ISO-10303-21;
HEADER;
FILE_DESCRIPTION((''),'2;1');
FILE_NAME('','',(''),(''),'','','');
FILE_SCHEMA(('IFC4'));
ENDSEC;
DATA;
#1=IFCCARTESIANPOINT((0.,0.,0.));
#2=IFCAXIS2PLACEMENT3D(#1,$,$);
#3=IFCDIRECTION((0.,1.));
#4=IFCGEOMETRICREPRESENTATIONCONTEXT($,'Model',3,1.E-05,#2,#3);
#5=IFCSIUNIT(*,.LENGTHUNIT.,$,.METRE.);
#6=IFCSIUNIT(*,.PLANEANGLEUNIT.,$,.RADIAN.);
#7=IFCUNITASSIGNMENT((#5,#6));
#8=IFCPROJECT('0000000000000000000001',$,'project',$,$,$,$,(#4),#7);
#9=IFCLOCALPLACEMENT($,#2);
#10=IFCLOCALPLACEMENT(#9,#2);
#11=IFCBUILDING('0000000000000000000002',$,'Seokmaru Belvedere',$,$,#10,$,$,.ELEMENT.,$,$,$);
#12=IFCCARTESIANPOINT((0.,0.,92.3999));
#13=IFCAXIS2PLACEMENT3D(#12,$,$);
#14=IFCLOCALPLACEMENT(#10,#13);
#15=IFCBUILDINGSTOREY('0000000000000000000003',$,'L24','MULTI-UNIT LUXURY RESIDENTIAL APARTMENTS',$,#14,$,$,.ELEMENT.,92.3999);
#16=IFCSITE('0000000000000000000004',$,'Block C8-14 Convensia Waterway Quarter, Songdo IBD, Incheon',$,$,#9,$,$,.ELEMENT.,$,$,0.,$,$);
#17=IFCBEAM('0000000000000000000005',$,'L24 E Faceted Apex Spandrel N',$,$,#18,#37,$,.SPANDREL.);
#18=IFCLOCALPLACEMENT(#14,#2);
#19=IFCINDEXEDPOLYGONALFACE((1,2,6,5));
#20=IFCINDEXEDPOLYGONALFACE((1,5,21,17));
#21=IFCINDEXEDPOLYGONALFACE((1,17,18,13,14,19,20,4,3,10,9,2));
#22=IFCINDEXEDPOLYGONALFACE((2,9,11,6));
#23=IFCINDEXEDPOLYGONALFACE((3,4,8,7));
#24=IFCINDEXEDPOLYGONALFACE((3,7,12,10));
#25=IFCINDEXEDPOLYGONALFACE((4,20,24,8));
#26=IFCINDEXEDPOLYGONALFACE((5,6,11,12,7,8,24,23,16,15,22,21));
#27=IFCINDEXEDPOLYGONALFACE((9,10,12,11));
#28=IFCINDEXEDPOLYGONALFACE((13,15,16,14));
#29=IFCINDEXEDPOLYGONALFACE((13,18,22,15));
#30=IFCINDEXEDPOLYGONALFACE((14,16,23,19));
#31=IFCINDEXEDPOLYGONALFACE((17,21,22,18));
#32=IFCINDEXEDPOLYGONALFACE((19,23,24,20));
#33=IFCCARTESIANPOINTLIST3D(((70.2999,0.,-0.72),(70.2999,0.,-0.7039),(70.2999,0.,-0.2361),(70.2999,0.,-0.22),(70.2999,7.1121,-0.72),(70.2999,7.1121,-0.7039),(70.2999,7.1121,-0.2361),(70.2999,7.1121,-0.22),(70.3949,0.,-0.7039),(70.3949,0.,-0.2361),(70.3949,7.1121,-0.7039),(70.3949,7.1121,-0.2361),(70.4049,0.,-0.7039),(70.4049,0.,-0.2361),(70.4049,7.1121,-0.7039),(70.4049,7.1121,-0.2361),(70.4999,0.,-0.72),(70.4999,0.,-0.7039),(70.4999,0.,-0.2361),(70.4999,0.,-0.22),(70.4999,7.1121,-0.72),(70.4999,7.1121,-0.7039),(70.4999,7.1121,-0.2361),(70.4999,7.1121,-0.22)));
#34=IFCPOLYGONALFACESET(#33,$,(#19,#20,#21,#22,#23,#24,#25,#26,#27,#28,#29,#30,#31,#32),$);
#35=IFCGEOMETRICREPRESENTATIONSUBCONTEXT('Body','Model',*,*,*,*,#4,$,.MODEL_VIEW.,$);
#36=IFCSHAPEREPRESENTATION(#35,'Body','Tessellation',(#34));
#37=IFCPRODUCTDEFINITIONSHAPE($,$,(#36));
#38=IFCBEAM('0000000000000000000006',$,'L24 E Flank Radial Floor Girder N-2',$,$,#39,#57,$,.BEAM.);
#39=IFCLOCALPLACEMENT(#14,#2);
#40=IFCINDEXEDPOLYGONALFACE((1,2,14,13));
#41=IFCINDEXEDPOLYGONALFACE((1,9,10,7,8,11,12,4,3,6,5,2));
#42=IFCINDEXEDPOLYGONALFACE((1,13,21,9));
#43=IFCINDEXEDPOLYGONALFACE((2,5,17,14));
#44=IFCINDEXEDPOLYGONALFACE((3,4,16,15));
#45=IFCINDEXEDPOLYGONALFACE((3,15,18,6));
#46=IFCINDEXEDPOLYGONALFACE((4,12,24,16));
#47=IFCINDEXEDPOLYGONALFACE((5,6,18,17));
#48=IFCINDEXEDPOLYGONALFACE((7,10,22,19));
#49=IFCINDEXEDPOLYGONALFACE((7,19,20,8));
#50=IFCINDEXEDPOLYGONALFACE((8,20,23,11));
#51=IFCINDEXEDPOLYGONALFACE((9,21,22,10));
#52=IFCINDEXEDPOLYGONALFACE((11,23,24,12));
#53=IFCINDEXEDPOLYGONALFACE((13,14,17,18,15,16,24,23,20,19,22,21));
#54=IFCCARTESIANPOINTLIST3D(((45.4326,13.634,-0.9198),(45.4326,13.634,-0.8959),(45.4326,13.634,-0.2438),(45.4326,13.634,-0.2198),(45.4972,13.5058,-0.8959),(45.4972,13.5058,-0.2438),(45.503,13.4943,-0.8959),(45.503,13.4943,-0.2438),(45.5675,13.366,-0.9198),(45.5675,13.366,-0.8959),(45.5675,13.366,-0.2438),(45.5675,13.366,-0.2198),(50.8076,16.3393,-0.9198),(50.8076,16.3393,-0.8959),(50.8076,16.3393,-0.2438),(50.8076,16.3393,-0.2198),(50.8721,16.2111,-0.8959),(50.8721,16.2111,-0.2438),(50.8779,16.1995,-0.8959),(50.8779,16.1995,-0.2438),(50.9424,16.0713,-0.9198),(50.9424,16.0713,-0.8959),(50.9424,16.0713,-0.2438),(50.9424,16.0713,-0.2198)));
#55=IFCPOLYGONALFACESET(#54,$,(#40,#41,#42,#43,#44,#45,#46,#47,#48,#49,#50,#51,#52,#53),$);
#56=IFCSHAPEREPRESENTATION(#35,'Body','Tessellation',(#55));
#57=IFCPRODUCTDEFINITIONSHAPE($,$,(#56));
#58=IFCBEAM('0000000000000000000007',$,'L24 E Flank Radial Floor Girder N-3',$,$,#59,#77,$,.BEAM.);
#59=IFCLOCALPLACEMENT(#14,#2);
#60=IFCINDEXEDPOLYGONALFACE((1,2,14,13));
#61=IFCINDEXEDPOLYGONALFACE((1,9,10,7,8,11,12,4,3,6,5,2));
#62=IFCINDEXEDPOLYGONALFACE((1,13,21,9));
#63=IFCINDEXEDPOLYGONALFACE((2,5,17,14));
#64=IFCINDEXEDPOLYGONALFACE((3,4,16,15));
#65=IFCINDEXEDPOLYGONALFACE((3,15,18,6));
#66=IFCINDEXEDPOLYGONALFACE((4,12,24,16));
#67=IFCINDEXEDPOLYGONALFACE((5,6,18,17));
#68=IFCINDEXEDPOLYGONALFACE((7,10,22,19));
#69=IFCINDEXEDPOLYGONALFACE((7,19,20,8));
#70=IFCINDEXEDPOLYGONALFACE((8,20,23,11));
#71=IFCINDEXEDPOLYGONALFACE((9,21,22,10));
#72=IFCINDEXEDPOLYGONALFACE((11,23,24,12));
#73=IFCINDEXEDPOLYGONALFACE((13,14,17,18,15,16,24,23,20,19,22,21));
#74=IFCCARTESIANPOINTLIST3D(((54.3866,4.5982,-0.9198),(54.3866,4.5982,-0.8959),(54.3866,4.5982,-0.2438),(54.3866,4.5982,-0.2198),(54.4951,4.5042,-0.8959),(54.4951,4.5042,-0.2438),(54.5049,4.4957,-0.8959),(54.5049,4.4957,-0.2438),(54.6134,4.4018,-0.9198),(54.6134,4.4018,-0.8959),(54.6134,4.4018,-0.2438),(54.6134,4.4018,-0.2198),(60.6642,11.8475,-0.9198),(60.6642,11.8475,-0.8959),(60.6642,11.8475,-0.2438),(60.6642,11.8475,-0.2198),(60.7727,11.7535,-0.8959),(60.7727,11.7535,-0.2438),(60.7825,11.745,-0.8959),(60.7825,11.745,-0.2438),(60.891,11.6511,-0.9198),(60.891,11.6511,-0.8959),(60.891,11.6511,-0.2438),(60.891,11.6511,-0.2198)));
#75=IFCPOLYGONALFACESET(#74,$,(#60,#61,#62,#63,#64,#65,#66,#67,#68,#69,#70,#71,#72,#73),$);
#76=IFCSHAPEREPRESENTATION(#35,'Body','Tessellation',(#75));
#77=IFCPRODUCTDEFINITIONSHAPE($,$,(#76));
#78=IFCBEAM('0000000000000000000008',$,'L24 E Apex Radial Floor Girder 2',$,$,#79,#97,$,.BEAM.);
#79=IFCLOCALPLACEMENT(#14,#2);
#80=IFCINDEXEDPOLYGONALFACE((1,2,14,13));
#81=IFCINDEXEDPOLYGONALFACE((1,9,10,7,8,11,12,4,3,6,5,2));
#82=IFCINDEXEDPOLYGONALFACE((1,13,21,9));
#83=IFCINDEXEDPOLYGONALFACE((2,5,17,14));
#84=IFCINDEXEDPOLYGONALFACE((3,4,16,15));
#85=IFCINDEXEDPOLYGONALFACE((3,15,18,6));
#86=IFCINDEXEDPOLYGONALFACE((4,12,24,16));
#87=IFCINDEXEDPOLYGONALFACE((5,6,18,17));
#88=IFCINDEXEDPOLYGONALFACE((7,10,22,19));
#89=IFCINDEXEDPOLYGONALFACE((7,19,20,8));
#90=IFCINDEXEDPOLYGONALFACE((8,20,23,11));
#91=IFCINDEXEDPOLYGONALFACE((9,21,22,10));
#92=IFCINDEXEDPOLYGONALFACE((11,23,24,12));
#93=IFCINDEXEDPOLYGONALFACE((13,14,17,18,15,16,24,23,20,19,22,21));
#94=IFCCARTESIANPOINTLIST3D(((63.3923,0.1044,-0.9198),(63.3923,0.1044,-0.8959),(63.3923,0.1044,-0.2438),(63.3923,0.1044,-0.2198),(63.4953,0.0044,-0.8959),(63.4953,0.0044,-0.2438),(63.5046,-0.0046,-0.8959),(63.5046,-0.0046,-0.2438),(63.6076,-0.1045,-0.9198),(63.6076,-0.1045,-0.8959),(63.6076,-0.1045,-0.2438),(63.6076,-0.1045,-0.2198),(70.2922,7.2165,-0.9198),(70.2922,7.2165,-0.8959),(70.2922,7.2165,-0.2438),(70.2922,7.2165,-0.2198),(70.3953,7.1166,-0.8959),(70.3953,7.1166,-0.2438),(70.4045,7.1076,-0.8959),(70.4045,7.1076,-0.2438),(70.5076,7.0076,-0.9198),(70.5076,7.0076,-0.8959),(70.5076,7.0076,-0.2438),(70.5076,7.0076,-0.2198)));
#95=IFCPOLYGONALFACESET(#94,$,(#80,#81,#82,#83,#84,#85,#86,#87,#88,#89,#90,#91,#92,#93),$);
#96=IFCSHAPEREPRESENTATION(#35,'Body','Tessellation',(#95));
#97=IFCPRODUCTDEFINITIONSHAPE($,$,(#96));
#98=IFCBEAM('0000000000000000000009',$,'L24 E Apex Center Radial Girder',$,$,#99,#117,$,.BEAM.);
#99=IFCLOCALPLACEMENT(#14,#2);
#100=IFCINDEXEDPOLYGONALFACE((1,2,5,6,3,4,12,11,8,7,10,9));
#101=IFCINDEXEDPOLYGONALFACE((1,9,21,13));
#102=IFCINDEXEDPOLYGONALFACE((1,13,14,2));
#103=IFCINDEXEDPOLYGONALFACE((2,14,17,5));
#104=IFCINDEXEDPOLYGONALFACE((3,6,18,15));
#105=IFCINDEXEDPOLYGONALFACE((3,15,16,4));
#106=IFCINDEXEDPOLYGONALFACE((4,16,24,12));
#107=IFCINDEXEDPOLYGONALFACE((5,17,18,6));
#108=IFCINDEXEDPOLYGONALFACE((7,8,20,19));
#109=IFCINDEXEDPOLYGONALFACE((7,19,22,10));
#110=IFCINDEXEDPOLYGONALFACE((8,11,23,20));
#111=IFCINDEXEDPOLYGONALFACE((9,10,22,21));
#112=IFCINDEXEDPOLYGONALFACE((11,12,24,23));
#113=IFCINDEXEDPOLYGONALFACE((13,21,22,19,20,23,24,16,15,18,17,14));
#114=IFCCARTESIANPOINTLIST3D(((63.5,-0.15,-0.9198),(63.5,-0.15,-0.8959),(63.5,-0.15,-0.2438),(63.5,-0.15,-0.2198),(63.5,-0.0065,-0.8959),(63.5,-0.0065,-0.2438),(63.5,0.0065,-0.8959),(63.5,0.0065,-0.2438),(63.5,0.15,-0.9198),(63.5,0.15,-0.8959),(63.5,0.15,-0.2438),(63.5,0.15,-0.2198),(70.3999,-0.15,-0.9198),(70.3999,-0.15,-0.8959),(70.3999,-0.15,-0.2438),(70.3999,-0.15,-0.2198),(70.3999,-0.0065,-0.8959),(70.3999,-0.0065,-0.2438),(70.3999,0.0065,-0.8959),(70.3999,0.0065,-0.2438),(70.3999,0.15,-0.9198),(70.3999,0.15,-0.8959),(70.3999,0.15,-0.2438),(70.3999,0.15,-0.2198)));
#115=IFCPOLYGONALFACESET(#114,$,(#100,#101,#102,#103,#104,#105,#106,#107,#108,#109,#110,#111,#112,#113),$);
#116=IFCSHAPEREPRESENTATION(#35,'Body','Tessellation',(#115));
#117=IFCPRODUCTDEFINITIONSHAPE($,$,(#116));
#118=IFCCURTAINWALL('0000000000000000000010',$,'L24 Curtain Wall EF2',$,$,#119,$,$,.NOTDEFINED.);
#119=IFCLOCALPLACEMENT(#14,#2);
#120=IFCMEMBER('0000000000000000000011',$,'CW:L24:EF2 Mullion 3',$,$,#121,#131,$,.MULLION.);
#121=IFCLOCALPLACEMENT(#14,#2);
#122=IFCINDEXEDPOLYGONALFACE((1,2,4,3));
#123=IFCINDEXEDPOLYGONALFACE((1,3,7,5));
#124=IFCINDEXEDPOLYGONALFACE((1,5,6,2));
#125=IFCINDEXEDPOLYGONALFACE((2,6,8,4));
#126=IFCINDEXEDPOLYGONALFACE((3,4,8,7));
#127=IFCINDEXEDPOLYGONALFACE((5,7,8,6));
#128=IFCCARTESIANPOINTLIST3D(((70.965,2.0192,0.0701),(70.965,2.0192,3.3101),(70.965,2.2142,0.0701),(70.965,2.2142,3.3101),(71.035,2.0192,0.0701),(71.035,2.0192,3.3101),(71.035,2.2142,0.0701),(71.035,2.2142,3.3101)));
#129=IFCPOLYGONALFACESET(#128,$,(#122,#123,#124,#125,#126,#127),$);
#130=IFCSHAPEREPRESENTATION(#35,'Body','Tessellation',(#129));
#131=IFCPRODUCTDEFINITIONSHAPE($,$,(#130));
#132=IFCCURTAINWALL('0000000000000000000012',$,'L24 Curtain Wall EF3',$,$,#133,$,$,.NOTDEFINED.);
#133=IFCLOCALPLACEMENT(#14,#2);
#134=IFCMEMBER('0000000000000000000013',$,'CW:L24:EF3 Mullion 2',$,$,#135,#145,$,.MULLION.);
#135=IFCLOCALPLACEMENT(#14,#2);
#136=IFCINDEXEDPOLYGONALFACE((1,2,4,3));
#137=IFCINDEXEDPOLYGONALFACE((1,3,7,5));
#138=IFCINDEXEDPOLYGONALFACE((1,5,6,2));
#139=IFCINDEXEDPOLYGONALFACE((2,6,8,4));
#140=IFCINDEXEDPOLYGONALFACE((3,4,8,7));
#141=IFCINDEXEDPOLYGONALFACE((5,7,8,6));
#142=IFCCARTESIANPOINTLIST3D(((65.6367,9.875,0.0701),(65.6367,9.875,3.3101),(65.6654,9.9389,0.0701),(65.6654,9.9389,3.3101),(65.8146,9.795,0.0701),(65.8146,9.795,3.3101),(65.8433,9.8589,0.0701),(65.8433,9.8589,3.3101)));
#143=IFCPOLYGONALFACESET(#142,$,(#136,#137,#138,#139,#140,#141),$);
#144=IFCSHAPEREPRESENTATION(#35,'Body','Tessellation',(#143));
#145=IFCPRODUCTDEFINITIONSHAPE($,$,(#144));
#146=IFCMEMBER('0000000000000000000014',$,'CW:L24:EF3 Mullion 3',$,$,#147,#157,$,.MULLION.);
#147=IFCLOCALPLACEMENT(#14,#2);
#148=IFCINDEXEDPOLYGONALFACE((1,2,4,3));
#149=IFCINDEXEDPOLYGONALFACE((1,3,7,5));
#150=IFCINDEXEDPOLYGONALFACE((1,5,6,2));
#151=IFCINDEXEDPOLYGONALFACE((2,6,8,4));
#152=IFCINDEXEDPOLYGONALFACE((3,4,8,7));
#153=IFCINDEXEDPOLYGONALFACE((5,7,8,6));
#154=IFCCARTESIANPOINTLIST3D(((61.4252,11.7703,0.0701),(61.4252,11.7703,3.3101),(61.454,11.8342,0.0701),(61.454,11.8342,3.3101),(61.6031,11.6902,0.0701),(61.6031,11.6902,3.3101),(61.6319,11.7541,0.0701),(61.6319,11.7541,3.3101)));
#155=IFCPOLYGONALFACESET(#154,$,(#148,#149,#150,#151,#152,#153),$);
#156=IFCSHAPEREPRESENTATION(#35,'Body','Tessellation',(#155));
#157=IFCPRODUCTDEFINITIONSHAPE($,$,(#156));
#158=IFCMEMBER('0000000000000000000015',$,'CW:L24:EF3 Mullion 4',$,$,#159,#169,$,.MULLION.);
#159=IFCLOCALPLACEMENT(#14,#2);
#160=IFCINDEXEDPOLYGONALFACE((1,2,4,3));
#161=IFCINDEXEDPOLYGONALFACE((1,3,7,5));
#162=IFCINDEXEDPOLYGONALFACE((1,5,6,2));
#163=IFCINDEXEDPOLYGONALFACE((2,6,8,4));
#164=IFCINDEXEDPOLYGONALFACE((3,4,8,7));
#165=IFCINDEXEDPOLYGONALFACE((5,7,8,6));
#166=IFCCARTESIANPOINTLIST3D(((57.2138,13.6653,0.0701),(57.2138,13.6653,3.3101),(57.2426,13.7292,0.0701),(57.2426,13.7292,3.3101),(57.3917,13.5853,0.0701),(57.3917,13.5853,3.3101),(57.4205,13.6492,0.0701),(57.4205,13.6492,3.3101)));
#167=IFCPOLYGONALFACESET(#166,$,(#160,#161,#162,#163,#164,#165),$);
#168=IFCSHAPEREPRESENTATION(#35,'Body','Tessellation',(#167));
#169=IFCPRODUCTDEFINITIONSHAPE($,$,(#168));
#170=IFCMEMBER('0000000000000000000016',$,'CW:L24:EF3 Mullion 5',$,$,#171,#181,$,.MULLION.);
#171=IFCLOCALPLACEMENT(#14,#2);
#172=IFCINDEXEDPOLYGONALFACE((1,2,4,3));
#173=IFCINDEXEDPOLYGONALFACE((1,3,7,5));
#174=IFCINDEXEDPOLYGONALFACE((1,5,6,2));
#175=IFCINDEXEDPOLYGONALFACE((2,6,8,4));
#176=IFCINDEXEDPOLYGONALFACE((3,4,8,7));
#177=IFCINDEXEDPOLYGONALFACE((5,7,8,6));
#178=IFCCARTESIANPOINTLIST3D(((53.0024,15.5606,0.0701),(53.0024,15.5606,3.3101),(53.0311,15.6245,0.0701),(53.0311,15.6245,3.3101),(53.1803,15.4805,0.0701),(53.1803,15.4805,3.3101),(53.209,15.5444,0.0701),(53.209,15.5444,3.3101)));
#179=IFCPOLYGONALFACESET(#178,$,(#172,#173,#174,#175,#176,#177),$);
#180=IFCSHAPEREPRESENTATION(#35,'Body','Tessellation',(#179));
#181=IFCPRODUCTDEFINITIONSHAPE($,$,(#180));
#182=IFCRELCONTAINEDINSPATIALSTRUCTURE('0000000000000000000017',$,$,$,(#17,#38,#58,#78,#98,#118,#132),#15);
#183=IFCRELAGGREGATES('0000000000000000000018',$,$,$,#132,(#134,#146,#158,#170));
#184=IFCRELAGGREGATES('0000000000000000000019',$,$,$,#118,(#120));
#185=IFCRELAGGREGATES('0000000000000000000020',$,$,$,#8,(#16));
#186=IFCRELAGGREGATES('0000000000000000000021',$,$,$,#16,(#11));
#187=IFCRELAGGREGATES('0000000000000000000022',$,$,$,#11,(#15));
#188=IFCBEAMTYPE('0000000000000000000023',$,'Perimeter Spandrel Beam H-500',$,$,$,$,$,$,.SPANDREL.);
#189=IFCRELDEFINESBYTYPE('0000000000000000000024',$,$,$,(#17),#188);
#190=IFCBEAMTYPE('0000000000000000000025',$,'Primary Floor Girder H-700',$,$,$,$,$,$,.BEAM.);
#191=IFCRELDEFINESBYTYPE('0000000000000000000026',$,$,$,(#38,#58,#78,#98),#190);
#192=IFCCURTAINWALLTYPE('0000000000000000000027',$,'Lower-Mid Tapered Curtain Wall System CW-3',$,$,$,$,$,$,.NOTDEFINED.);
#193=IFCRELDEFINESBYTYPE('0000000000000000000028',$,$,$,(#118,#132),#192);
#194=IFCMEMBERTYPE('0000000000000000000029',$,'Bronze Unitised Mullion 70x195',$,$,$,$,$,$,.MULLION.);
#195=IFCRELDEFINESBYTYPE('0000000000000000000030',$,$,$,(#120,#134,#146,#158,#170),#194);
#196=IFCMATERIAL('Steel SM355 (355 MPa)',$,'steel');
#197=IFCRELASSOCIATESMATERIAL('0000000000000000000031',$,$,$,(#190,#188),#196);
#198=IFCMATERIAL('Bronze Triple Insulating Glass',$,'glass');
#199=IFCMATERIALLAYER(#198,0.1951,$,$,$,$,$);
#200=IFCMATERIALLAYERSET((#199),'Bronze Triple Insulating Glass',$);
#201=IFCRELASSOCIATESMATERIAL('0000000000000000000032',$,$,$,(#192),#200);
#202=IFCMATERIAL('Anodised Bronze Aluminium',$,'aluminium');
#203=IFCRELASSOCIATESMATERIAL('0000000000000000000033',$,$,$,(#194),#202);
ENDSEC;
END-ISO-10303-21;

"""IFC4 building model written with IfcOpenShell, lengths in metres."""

from ifc_helpers import new_model, si_unit, direction, frame, origin, origin_2d, place, context, subcontext, project, spatial, rectangle, i_section, extrude, source, transform, mapped, material, layer, layer_set, material_profile, profile_set, type_object, element, aggregate, save


model = new_model("IFC4")

# Units and contexts
model_context = context("Model", 3, precision=1e-05, world=origin(), true_north=direction((0.0, 1.0)))
body_context = subcontext(model_context, "Body", "Model", "MODEL_VIEW")
ifc_project = project(units=[si_unit("LENGTHUNIT", "METRE"), si_unit("PLANEANGLEUNIT", "RADIAN")], contexts=[model_context])

# Site, building, storey
site_placement = place(None, origin())
site = spatial("IfcSite", under=ifc_project, at=site_placement, Name="Block C8-14 Convensia Waterway Quarter, Songdo IBD, Incheon", CompositionType="ELEMENT", RefElevation=0.0)
building_placement = place(site_placement, origin())
building = spatial("IfcBuilding", under=site, at=building_placement, Name="Seokmaru Belvedere", CompositionType="ELEMENT")
storey_placement = place(building_placement, frame((0.0, 0.0, 92.3999)))
storey = spatial("IfcBuildingStorey", under=building, at=storey_placement, Name="L24", Description="MULTI-UNIT LUXURY RESIDENTIAL APARTMENTS", CompositionType="ELEMENT", Elevation=92.3999)

# Shared definitions
ifc_material_1 = material(Name="Steel SM355 (355 MPa)", Category="steel")

# Beams
ifc_material_profile_1 = material_profile(ifc_material_1, i_section(OverallWidth=0.3, OverallDepth=0.7, WebThickness=0.0129, FlangeThickness=0.0239, at=origin_2d()), Name="H-700x300x13x24")
ifc_profile_set_1 = profile_set([ifc_material_profile_1], Name="Steel SM355 (355 MPa)")
beam_type_1 = type_object("IfcBeamType", Name="Primary Floor Girder H-700", PredefinedType="BEAM", material=ifc_profile_set_1)
ifc_material_profile_2 = material_profile(ifc_material_1, i_section(OverallWidth=0.2, OverallDepth=0.5, WebThickness=0.01, FlangeThickness=0.0161, at=origin_2d()), Name="H-500x200x10x16")
ifc_profile_set_2 = profile_set([ifc_material_profile_2], Name="Steel SM355 (355 MPa)")
beam_type_2 = type_object("IfcBeamType", Name="Perimeter Spandrel Beam H-500", PredefinedType="SPANDREL", material=ifc_profile_set_2)
shared_shape_1 = source(origin(), body_context, "Body", "SweptSolid", [
    extrude(i_section(OverallWidth=0.2, OverallDepth=0.5, WebThickness=0.01, FlangeThickness=0.0161, at=origin_2d()), origin(), (0.0, 0.0, 1.0), 7.1121),
])
beam_1_placement = place(storey_placement, frame((70.3999, 0.0, -0.47), z_axis=(0.0, 1.0, 0.0), x_axis=(-1.0, 0.0, 0.0)))
element("IfcBeam", 1, at=beam_1_placement, inside=storey, type_object=beam_type_2, Name="L24 E Faceted Apex Spandrel N", PredefinedType="SPANDREL", context=body_context, shape_type="MappedRepresentation", body=[
    mapped(shared_shape_1, transform((0.0, 0.0, 0.0), scale=1.0)),
])
shared_shape_2 = source(origin(), body_context, "Body", "SweptSolid", [
    extrude(i_section(OverallWidth=0.3, OverallDepth=0.7, WebThickness=0.0129, FlangeThickness=0.0239, at=origin_2d()), origin(), (0.0, 0.0, 1.0), 6.0173),
])
beam_2_placement = place(storey_placement, frame((50.875, 16.2053, -0.5698), z_axis=(-0.893239, -0.449581, 0.0), x_axis=(0.449581, -0.893239, 0.0)))
element("IfcBeam", 2, at=beam_2_placement, inside=storey, type_object=beam_type_1, Name="L24 E Flank Radial Floor Girder N-2", PredefinedType="BEAM", context=body_context, shape_type="MappedRepresentation", body=[
    mapped(shared_shape_2, transform((0.0, 0.0, 0.0), scale=1.0)),
])
shared_shape_3 = source(origin(), body_context, "Body", "SweptSolid", [
    extrude(i_section(OverallWidth=0.3, OverallDepth=0.7, WebThickness=0.0129, FlangeThickness=0.0239, at=origin_2d()), origin(), (0.0, 0.0, 1.0), 9.5896),
])
beam_3_placement = place(storey_placement, frame((60.7776, 11.7493, -0.5698), z_axis=(-0.654626, -0.755953, 0.0), x_axis=(0.755953, -0.654626, 0.0)))
element("IfcBeam", 3, at=beam_3_placement, inside=storey, type_object=beam_type_1, Name="L24 E Flank Radial Floor Girder N-3", PredefinedType="BEAM", context=body_context, shape_type="MappedRepresentation", body=[
    mapped(shared_shape_3, transform((0.0, 0.0, 0.0), scale=1.0)),
])
shared_shape_4 = source(origin(), body_context, "Body", "SweptSolid", [
    extrude(i_section(OverallWidth=0.3, OverallDepth=0.7, WebThickness=0.0129, FlangeThickness=0.0239, at=origin_2d()), origin(), (0.0, 0.0, 1.0), 9.9092),
])
beam_4_placement = place(storey_placement, frame((70.3999, 7.1121, -0.5698), z_axis=(-0.696321, -0.717731, 0.0), x_axis=(0.717731, -0.696321, 0.0)))
element("IfcBeam", 4, at=beam_4_placement, inside=storey, type_object=beam_type_1, Name="L24 E Apex Radial Floor Girder 2", PredefinedType="BEAM", context=body_context, shape_type="MappedRepresentation", body=[
    mapped(shared_shape_4, transform((0.0, 0.0, 0.0), scale=1.0)),
])
shared_shape_5 = source(origin(), body_context, "Body", "SweptSolid", [
    extrude(i_section(OverallWidth=0.3, OverallDepth=0.7, WebThickness=0.0129, FlangeThickness=0.0239, at=origin_2d()), origin(), (0.0, 0.0, 1.0), 6.8999),
])
beam_5_placement = place(storey_placement, frame((70.3999, 0.0, -0.5698), z_axis=(-1.0, 0.0, 0.0), x_axis=(0.0, -1.0, 0.0)))
element("IfcBeam", 5, at=beam_5_placement, inside=storey, type_object=beam_type_1, Name="L24 E Apex Center Radial Girder", PredefinedType="BEAM", context=body_context, shape_type="MappedRepresentation", body=[
    mapped(shared_shape_5, transform((0.0, 0.0, 0.0), scale=1.0)),
])

# Curtain wall, member
ifc_material_2 = material(Name="Bronze Triple Insulating Glass", Category="glass")
ifc_layer_1 = layer(ifc_material_2, 0.1951)
ifc_layer_set_1 = layer_set([ifc_layer_1], Name="Bronze Triple Insulating Glass")
curtain_wall_type = type_object("IfcCurtainWallType", Name="Lower-Mid Tapered Curtain Wall System CW-3", PredefinedType="NOTDEFINED", material=ifc_layer_set_1)
curtain_wall_1_placement = place(storey_placement, origin())
curtain_wall_1 = element("IfcCurtainWall", 6, at=curtain_wall_1_placement, inside=storey, type_object=curtain_wall_type, Name="L24 Curtain Wall EF2", PredefinedType="NOTDEFINED")
ifc_material_3 = material(Name="Anodised Bronze Aluminium", Category="aluminium")
ifc_material_profile_3 = material_profile(ifc_material_3, rectangle(XDim=0.0701, YDim=0.1951, at=origin_2d()), Name="CW-M-70x195")
ifc_profile_set_3 = profile_set([ifc_material_profile_3], Name="Anodised Bronze Aluminium")
member_type_1 = type_object("IfcMemberType", Name="Bronze Unitised Mullion 70x195", PredefinedType="MULLION", material=ifc_profile_set_3)
shared_shape_6 = source(origin(), body_context, "Body", "SweptSolid", [
    extrude(rectangle(XDim=0.0701, YDim=0.1951, at=origin_2d()), origin(), (0.0, 0.0, 1.0), 3.24),
])
member_1_placement = place(storey_placement, frame((71.0, 2.1167, 0.0701), z_axis=(0.0, 0.0, 1.0), x_axis=(-1.0, 0.0, 0.0)))
member_1 = element("IfcMember", 7, at=member_1_placement, type_object=member_type_1, Name="CW:L24:EF2 Mullion 3", PredefinedType="MULLION", context=body_context, shape_type="MappedRepresentation", body=[
    mapped(shared_shape_6, transform((0.0, 0.0, 0.0), scale=1.0)),
])

# Curtain wall, members
curtain_wall_2_placement = place(storey_placement, origin())
curtain_wall_2 = element("IfcCurtainWall", 8, at=curtain_wall_2_placement, inside=storey, type_object=curtain_wall_type, Name="L24 Curtain Wall EF3", PredefinedType="NOTDEFINED")
member_2_placement = place(storey_placement, frame((65.74, 9.8669, 0.0701), z_axis=(0.0, 0.0, 1.0), x_axis=(-0.410366, -0.911921, 0.0)))
member_2 = element("IfcMember", 9, at=member_2_placement, type_object=member_type_1, Name="CW:L24:EF3 Mullion 2", PredefinedType="MULLION", context=body_context, shape_type="MappedRepresentation", body=[
    mapped(shared_shape_6, transform((0.0, 0.0, 0.0), scale=1.0)),
])
member_3_placement = place(storey_placement, frame((61.5286, 11.7622, 0.0701), z_axis=(0.0, 0.0, 1.0), x_axis=(-0.410366, -0.911921, 0.0)))
member_3 = element("IfcMember", 10, at=member_3_placement, type_object=member_type_1, Name="CW:L24:EF3 Mullion 3", PredefinedType="MULLION", context=body_context, shape_type="MappedRepresentation", body=[
    mapped(shared_shape_6, transform((0.0, 0.0, 0.0), scale=1.0)),
])
member_4_placement = place(storey_placement, frame((57.3171, 13.6572, 0.0701), z_axis=(0.0, 0.0, 1.0), x_axis=(-0.410366, -0.911921, 0.0)))
member_4 = element("IfcMember", 11, at=member_4_placement, type_object=member_type_1, Name="CW:L24:EF3 Mullion 4", PredefinedType="MULLION", context=body_context, shape_type="MappedRepresentation", body=[
    mapped(shared_shape_6, transform((0.0, 0.0, 0.0), scale=1.0)),
])
member_5_placement = place(storey_placement, frame((53.1057, 15.5525, 0.0701), z_axis=(0.0, 0.0, 1.0), x_axis=(-0.410366, -0.911921, 0.0)))
member_5 = element("IfcMember", 12, at=member_5_placement, type_object=member_type_1, Name="CW:L24:EF3 Mullion 5", PredefinedType="MULLION", context=body_context, shape_type="MappedRepresentation", body=[
    mapped(shared_shape_6, transform((0.0, 0.0, 0.0), scale=1.0)),
])

aggregate(curtain_wall_2, [member_2, member_3, member_4, member_5])
aggregate(curtain_wall_1, [member_1])

save(model, "model.ifc")
